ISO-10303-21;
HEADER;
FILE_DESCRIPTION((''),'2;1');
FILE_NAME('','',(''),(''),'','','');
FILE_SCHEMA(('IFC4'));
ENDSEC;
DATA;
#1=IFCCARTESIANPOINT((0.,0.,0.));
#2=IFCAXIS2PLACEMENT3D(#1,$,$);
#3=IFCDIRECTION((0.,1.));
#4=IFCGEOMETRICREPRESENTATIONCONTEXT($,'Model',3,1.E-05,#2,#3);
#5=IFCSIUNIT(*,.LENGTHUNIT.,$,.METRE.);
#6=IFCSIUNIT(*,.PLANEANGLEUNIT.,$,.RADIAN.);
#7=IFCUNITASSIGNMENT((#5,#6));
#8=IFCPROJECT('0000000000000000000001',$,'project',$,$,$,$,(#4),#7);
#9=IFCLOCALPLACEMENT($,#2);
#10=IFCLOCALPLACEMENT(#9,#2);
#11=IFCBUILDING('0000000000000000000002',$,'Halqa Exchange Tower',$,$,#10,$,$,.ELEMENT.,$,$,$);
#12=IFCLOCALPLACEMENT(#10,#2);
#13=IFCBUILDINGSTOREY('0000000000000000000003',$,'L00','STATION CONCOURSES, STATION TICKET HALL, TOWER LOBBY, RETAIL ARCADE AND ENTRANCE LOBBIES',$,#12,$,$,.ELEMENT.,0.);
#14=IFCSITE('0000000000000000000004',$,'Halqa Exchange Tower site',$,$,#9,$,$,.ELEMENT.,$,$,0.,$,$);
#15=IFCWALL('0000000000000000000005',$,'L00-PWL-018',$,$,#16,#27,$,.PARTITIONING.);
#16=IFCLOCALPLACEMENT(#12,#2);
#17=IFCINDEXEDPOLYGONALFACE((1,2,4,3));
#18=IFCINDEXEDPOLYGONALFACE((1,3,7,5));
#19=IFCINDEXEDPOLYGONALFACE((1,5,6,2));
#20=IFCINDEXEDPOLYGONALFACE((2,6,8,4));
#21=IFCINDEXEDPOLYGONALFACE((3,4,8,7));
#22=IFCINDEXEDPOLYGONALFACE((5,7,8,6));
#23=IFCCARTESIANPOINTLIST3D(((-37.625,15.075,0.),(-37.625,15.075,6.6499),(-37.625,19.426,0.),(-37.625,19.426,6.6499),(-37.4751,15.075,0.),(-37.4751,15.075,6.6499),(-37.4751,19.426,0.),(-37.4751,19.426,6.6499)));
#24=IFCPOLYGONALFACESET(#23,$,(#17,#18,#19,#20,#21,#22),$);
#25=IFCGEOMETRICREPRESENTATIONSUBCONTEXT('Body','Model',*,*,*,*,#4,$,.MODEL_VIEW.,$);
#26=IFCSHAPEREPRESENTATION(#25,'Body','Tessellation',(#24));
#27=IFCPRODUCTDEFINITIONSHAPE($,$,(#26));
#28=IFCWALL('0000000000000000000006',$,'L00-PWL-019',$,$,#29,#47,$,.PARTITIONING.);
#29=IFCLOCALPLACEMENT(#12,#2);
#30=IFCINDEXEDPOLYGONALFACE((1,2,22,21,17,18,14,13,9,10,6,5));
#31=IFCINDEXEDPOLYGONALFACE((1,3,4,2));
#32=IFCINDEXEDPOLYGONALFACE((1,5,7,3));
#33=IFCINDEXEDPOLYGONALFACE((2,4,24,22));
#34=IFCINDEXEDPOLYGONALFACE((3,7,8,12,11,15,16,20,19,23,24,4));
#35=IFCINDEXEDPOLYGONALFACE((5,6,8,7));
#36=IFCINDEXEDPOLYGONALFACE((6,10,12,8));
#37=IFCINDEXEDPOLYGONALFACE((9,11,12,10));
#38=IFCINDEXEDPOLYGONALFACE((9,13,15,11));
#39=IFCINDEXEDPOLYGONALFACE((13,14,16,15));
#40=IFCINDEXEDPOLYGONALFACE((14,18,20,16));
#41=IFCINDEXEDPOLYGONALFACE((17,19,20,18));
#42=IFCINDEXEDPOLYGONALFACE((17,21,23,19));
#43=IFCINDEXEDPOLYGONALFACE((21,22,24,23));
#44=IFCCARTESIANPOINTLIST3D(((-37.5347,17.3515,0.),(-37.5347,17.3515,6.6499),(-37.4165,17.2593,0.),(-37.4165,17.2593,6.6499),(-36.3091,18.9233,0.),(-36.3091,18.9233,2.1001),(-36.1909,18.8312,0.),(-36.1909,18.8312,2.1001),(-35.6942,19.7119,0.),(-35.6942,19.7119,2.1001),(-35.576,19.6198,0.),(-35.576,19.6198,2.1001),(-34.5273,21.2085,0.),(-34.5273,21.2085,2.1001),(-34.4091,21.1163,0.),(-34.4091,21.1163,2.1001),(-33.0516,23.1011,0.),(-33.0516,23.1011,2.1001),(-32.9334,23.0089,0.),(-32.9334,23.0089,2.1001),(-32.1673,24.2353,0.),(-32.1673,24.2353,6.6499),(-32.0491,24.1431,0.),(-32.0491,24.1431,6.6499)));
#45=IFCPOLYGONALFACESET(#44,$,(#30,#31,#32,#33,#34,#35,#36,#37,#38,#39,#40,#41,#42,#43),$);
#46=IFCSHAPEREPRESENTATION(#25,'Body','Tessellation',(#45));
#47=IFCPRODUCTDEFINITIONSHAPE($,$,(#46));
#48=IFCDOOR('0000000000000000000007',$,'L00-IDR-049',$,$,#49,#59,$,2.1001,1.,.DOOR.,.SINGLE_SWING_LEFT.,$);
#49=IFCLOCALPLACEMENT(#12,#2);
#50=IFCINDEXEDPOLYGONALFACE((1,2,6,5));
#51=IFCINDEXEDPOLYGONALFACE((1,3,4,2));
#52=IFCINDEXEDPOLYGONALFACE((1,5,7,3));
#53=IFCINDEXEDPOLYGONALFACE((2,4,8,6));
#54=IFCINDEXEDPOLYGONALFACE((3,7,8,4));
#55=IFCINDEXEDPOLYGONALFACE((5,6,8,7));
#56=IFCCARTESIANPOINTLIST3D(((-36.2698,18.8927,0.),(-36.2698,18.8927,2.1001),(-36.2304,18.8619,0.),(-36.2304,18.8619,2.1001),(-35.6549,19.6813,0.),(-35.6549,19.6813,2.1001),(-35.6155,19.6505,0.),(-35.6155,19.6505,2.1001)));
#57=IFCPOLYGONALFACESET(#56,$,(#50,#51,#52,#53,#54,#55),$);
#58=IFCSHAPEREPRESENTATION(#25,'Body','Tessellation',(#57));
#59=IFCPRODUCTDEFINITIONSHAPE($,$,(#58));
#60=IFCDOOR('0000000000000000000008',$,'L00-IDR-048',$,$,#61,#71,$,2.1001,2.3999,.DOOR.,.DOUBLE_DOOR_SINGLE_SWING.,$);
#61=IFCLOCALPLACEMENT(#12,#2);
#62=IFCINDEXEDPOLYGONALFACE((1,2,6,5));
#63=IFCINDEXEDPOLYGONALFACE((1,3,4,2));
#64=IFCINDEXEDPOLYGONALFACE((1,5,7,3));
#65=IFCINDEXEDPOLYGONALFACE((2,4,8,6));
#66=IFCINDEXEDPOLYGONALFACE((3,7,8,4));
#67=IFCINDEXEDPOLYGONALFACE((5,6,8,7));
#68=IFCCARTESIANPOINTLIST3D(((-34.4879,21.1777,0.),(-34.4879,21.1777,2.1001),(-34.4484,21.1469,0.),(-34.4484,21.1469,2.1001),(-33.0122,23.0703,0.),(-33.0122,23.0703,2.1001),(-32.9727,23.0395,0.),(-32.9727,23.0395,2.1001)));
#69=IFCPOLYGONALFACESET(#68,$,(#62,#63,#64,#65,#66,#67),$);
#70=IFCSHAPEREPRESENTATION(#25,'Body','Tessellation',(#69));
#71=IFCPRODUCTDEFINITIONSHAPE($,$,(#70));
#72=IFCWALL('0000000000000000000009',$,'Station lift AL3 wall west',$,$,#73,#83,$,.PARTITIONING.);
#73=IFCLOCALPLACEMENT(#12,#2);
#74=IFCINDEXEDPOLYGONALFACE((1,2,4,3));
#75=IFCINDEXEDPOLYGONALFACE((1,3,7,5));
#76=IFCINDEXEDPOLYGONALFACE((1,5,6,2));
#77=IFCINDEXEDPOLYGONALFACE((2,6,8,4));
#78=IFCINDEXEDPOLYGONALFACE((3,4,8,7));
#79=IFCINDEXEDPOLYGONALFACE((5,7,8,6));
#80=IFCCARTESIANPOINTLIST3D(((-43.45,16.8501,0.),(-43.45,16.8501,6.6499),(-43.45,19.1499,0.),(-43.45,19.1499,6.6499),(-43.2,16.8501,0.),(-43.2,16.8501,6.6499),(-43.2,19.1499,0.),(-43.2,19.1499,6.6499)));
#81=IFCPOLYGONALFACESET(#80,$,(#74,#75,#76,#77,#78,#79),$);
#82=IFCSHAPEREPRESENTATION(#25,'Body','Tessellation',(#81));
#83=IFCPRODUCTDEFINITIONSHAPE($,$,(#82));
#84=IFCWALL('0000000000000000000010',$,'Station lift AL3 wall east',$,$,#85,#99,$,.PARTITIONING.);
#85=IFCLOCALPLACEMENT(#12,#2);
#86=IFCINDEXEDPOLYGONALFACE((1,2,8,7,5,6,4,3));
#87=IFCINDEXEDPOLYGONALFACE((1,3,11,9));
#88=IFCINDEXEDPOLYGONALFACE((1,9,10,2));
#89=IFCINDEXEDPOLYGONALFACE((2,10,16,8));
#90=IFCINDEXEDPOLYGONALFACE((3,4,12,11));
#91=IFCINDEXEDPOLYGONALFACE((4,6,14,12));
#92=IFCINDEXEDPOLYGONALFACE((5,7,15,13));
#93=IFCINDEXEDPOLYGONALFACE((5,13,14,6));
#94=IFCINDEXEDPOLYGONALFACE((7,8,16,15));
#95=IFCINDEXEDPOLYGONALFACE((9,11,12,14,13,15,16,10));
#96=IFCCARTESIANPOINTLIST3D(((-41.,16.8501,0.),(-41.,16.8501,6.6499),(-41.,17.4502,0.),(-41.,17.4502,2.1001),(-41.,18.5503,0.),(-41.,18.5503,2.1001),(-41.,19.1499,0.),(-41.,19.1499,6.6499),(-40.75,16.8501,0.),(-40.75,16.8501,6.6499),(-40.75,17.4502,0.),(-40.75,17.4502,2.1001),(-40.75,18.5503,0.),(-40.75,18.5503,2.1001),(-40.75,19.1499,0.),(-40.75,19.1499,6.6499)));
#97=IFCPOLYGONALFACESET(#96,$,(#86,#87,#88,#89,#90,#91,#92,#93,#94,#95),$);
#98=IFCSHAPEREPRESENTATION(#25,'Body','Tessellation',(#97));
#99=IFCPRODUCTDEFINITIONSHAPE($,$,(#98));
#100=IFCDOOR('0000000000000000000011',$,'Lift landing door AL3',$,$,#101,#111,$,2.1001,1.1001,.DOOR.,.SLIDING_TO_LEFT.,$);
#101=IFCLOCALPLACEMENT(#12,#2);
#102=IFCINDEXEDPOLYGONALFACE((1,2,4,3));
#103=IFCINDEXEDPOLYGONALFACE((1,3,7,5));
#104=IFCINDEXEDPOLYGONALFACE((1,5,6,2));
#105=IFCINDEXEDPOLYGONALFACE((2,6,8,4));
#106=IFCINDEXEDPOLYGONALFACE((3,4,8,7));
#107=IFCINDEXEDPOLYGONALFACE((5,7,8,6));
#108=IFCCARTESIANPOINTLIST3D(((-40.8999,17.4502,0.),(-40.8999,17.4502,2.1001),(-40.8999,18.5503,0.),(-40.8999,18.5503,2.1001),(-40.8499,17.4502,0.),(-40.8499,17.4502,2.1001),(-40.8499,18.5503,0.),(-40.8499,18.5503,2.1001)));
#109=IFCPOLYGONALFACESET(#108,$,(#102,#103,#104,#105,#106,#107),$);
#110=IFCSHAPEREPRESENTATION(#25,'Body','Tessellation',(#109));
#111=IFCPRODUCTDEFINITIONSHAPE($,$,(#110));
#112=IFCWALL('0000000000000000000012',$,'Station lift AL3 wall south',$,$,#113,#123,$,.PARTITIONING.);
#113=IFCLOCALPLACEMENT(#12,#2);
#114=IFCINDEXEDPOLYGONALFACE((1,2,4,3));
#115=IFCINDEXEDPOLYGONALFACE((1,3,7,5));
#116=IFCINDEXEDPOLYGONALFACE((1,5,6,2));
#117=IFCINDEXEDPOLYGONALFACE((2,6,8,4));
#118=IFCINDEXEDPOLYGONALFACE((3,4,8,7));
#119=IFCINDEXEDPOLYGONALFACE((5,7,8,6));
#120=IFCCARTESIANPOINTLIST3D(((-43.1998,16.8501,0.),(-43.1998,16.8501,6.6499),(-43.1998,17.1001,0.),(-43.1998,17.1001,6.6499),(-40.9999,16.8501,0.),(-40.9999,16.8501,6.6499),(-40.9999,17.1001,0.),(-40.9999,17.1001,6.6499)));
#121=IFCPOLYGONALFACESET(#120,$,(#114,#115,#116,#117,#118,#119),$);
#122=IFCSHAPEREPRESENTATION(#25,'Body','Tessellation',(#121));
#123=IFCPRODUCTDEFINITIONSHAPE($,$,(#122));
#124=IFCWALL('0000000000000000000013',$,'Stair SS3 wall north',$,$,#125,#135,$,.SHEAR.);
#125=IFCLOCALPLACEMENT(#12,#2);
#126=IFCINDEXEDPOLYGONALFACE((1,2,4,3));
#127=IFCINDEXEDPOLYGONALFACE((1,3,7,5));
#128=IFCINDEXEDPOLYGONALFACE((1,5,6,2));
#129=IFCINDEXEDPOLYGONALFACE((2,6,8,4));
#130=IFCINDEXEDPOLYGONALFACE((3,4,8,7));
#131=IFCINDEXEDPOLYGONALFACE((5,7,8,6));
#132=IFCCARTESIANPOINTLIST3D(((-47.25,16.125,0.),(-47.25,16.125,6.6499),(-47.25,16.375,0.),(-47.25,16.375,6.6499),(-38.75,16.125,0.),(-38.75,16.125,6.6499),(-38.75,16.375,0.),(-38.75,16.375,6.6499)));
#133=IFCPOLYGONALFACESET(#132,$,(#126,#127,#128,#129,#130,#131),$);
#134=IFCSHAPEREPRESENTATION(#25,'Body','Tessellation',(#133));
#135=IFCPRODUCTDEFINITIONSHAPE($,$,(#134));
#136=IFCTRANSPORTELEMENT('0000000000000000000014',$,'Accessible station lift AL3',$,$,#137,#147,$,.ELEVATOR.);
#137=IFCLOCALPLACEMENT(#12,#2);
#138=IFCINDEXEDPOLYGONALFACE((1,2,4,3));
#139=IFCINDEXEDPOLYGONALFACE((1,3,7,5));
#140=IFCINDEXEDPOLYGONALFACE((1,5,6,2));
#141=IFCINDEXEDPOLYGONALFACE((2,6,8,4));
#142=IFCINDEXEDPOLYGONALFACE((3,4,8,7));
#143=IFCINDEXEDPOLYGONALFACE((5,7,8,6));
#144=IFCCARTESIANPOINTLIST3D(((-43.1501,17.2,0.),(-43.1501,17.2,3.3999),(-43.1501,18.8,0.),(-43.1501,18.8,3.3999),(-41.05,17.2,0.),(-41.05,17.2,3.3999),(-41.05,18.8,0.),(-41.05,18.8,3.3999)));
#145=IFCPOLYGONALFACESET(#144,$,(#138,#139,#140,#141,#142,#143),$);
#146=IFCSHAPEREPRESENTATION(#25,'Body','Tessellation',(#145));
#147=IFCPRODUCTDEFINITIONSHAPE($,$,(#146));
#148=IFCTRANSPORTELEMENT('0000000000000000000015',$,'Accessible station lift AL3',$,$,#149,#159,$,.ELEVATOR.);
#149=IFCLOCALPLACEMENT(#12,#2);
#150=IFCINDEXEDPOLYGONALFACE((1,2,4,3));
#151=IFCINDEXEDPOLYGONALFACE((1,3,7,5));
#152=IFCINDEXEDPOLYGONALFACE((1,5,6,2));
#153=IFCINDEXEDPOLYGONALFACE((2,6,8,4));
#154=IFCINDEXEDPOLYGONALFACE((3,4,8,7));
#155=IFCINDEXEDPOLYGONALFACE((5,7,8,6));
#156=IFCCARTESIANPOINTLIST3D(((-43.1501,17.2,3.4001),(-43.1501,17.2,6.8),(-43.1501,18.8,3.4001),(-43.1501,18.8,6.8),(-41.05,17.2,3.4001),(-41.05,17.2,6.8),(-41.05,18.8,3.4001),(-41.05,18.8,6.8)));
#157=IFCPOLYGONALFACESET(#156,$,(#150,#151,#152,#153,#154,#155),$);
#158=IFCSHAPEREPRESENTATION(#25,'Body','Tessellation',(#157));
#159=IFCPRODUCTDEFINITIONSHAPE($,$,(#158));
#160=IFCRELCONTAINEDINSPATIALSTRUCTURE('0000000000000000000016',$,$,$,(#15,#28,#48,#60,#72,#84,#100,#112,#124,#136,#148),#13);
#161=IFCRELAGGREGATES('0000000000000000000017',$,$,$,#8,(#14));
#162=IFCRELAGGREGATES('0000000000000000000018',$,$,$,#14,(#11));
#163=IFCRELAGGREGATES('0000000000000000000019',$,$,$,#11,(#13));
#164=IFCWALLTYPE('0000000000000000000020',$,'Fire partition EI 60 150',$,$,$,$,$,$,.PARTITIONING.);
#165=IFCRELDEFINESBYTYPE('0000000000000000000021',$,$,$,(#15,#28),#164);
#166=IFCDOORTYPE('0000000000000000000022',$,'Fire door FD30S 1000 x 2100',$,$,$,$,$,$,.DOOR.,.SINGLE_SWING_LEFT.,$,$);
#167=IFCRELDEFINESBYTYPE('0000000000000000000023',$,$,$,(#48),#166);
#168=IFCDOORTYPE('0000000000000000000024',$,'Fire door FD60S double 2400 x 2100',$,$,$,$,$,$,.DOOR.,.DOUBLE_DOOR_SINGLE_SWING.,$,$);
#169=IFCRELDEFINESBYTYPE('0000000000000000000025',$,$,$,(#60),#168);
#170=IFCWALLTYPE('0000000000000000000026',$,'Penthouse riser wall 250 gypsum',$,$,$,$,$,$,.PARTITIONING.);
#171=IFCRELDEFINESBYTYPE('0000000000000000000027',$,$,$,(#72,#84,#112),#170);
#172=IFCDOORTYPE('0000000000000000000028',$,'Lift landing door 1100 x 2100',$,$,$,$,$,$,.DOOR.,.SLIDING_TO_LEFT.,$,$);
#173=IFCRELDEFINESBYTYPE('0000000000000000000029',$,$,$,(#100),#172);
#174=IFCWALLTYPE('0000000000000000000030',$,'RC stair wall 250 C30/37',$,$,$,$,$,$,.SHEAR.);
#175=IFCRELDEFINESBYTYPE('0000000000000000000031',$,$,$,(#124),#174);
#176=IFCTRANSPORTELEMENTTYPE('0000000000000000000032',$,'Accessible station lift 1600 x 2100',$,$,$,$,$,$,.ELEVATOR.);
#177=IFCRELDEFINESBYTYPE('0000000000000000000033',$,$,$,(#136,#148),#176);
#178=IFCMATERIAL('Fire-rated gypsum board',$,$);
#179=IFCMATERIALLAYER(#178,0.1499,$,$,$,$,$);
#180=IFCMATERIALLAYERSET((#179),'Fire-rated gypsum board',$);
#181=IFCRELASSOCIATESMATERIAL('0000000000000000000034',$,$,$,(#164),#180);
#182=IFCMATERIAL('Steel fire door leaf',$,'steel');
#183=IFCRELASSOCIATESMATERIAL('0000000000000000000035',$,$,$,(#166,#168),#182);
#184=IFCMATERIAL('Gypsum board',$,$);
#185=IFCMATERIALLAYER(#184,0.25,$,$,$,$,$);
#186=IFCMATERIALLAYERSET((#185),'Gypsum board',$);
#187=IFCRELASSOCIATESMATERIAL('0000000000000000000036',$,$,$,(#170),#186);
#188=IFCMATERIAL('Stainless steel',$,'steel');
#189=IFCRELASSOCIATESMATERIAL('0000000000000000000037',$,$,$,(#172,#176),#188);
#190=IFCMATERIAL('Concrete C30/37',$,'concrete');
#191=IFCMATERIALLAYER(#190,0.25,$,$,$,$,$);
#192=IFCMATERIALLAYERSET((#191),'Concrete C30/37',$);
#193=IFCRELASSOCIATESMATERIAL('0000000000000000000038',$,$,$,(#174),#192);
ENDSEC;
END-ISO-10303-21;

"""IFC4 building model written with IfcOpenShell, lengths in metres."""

from ifc_helpers import new_model, si_unit, direction, frame, frame_2d, origin, origin_2d, place, context, subcontext, project, spatial, rectangle, extrude, material, layer, layer_set, type_object, element, fill, save


model = new_model("IFC4")

# Units and contexts
model_context = context("Model", 3, precision=1e-05, world=origin(), true_north=direction((0.0, 1.0)))
body_context = subcontext(model_context, "Body", "Model", "MODEL_VIEW")
ifc_project = project(units=[si_unit("LENGTHUNIT", "METRE"), si_unit("PLANEANGLEUNIT", "RADIAN")], contexts=[model_context])

# Site, building, storey
site_placement = place(None, origin())
site = spatial("IfcSite", under=ifc_project, at=site_placement, Name="Halqa Exchange Tower site", CompositionType="ELEMENT", RefElevation=0.0)
building_placement = place(site_placement, origin())
building = spatial("IfcBuilding", under=site, at=building_placement, Name="Halqa Exchange Tower", CompositionType="ELEMENT")
storey_placement = place(building_placement, origin())
storey = spatial("IfcBuildingStorey", under=building, at=storey_placement, Name="L00", Description="STATION CONCOURSES, STATION TICKET HALL, TOWER LOBBY, RETAIL ARCADE AND ENTRANCE LOBBIES", CompositionType="ELEMENT", Elevation=0.0)

# Wall
ifc_material_1 = material(Name="Fire-rated gypsum board")
ifc_layer_1 = layer(ifc_material_1, 0.1499)
ifc_layer_set_1 = layer_set([ifc_layer_1], Name="Fire-rated gypsum board")
wall_type_1 = type_object("IfcWallType", Name="Fire partition EI 60 150", PredefinedType="PARTITIONING", material=ifc_layer_set_1)
wall_1_placement = place(storey_placement, frame((-37.55, 15.075, 0.0), z_axis=(0.0, 0.0, 1.0), x_axis=(0.0, 1.0, 0.0)))
element("IfcWall", 1, at=wall_1_placement, inside=storey, type_object=wall_type_1, Name="L00-PWL-018", PredefinedType="PARTITIONING", context=body_context, shape_type="SweptSolid", body=[
    extrude(rectangle(XDim=4.3511, YDim=0.1499, at=frame_2d((2.1755, 0.0))), origin(), (0.0, 0.0, 1.0), 6.6499),
])

# Wall, openings, doors
wall_2_placement = place(storey_placement, frame((-37.4756, 17.3054, 0.0), z_axis=(0.0, 0.0, 1.0), x_axis=(0.614895, 0.788609, 0.0)))
wall_2 = element("IfcWall", 2, at=wall_2_placement, inside=storey, type_object=wall_type_1, Name="L00-PWL-019", PredefinedType="PARTITIONING", context=body_context, shape_type="SweptSolid", body=[
    extrude(rectangle(XDim=8.729, YDim=0.1499, at=frame_2d((4.3645, 0.0))), origin(), (0.0, 0.0, 1.0), 6.6499),
])
opening_1_placement = place(wall_2_placement, frame((4.8909, 0.0, 0.0)))
opening_1 = element("IfcOpeningElement", 3, at=opening_1_placement, cuts=wall_2, PredefinedType="OPENING", context=body_context, shape_type="SweptSolid", body=[
    extrude(rectangle(XDim=2.3999, YDim=2.1001, at=frame_2d((1.2, 1.05))), frame((0.0, 0.0869, 0.0), z_axis=(0.0, -1.0, 0.0), x_axis=(1.0, 0.0, 0.0)), (0.0, 0.0, 1.0), 0.1738),
])
opening_2_placement = place(wall_2_placement, frame((1.9932, 0.0, 0.0)))
opening_2 = element("IfcOpeningElement", 4, at=opening_2_placement, cuts=wall_2, PredefinedType="OPENING", context=body_context, shape_type="SweptSolid", body=[
    extrude(rectangle(XDim=1.0, YDim=2.1001, at=frame_2d((0.5, 1.05))), frame((0.0, 0.0869, 0.0), z_axis=(0.0, -1.0, 0.0), x_axis=(1.0, 0.0, 0.0)), (0.0, 0.0, 1.0), 0.1738),
])
ifc_material_2 = material(Name="Steel fire door leaf", Category="steel")
door_type_1 = type_object("IfcDoorType", Name="Fire door FD30S 1000 x 2100", OperationType="SINGLE_SWING_LEFT", PredefinedType="DOOR", material=ifc_material_2)
door_1_placement = place(opening_2_placement, frame((1.0, 0.0, 0.0), z_axis=(0.0, 0.0, 1.0), x_axis=(-1.0, 0.0, 0.0)))
door_1 = element("IfcDoor", 5, at=door_1_placement, inside=storey, type_object=door_type_1, Name="L00-IDR-049", OperationType="SINGLE_SWING_LEFT", OverallHeight=2.1001, OverallWidth=1.0, PredefinedType="DOOR", context=body_context, shape_type="SweptSolid", body=[
    extrude(rectangle(XDim=1.0, YDim=2.1001, at=frame_2d((0.5, 1.05))), frame((0.0, 0.0249, 0.0), z_axis=(0.0, -1.0, 0.0), x_axis=(1.0, 0.0, 0.0)), (0.0, 0.0, 1.0), 0.05),
])
fill(opening_2, door_1)
door_type_2 = type_object("IfcDoorType", Name="Fire door FD60S double 2400 x 2100", OperationType="DOUBLE_DOOR_SINGLE_SWING", PredefinedType="DOOR", material=ifc_material_2)
door_2_placement = place(opening_1_placement, origin())
door_2 = element("IfcDoor", 6, at=door_2_placement, inside=storey, type_object=door_type_2, Name="L00-IDR-048", OperationType="DOUBLE_DOOR_SINGLE_SWING", OverallHeight=2.1001, OverallWidth=2.3999, PredefinedType="DOOR", context=body_context, shape_type="SweptSolid", body=[
    extrude(rectangle(XDim=2.3999, YDim=2.1001, at=frame_2d((1.2, 1.05))), frame((0.0, 0.0249, 0.0), z_axis=(0.0, -1.0, 0.0), x_axis=(1.0, 0.0, 0.0)), (0.0, 0.0, 1.0), 0.05),
])
fill(opening_1, door_2)

# Wall
ifc_material_3 = material(Name="Gypsum board")
ifc_layer_2 = layer(ifc_material_3, 0.25)
ifc_layer_set_2 = layer_set([ifc_layer_2], Name="Gypsum board")
wall_type_2 = type_object("IfcWallType", Name="Penthouse riser wall 250 gypsum", PredefinedType="PARTITIONING", material=ifc_layer_set_2)
wall_3_placement = place(storey_placement, frame((-43.325, 16.8501, 0.0), z_axis=(0.0, 0.0, 1.0), x_axis=(0.0, 1.0, 0.0)))
element("IfcWall", 7, at=wall_3_placement, inside=storey, type_object=wall_type_2, Name="Station lift AL3 wall west", PredefinedType="PARTITIONING", context=body_context, shape_type="SweptSolid", body=[
    extrude(rectangle(XDim=2.2998, YDim=0.25, at=frame_2d((1.1499, 0.0))), origin(), (0.0, 0.0, 1.0), 6.6499),
])

# Wall, opening, door
wall_4_placement = place(storey_placement, frame((-40.875, 16.8501, 0.0), z_axis=(0.0, 0.0, 1.0), x_axis=(0.0, 1.0, 0.0)))
wall_4 = element("IfcWall", 8, at=wall_4_placement, inside=storey, type_object=wall_type_2, Name="Station lift AL3 wall east", PredefinedType="PARTITIONING", context=body_context, shape_type="SweptSolid", body=[
    extrude(rectangle(XDim=2.2998, YDim=0.25, at=frame_2d((1.1499, 0.0))), origin(), (0.0, 0.0, 1.0), 6.6499),
])
opening_3_placement = place(wall_4_placement, frame((0.6001, 0.0, 0.0)))
opening_3 = element("IfcOpeningElement", 9, at=opening_3_placement, cuts=wall_4, PredefinedType="OPENING", context=body_context, shape_type="SweptSolid", body=[
    extrude(rectangle(XDim=1.1001, YDim=2.1001, at=frame_2d((0.55, 1.05))), frame((0.0, 0.137, 0.0), z_axis=(0.0, -1.0, 0.0), x_axis=(1.0, 0.0, 0.0)), (0.0, 0.0, 1.0), 0.2739),
])
ifc_material_4 = material(Name="Stainless steel", Category="steel")
door_type_3 = type_object("IfcDoorType", Name="Lift landing door 1100 x 2100", OperationType="SLIDING_TO_LEFT", PredefinedType="DOOR", material=ifc_material_4)
door_3_placement = place(opening_3_placement, origin())
door_3 = element("IfcDoor", 10, at=door_3_placement, inside=storey, type_object=door_type_3, Name="Lift landing door AL3", OperationType="SLIDING_TO_LEFT", OverallHeight=2.1001, OverallWidth=1.1001, PredefinedType="DOOR", context=body_context, shape_type="SweptSolid", body=[
    extrude(rectangle(XDim=1.1001, YDim=2.1001, at=frame_2d((0.55, 1.05))), frame((0.0, 0.0249, 0.0), z_axis=(0.0, -1.0, 0.0), x_axis=(1.0, 0.0, 0.0)), (0.0, 0.0, 1.0), 0.05),
])
fill(opening_3, door_3)

# Walls
wall_5_placement = place(storey_placement, frame((-43.2, 16.9751, 0.0), z_axis=(0.0, 0.0, 1.0), x_axis=(1.0, 0.0, 0.0)))
element("IfcWall", 11, at=wall_5_placement, inside=storey, type_object=wall_type_2, Name="Station lift AL3 wall south", PredefinedType="PARTITIONING", context=body_context, shape_type="SweptSolid", body=[
    extrude(rectangle(XDim=2.2, YDim=0.25, at=frame_2d((1.1001, 0.0))), origin(), (0.0, 0.0, 1.0), 6.6499),
])
ifc_material_5 = material(Name="Concrete C30/37", Category="concrete")
ifc_layer_3 = layer(ifc_material_5, 0.25)
ifc_layer_set_3 = layer_set([ifc_layer_3], Name="Concrete C30/37")
wall_type_3 = type_object("IfcWallType", Name="RC stair wall 250 C30/37", PredefinedType="SHEAR", material=ifc_layer_set_3)
wall_6_placement = place(storey_placement, frame((-47.25, 16.25, 0.0), z_axis=(0.0, 0.0, 1.0), x_axis=(1.0, 0.0, 0.0)))
element("IfcWall", 12, at=wall_6_placement, inside=storey, type_object=wall_type_3, Name="Stair SS3 wall north", PredefinedType="SHEAR", context=body_context, shape_type="SweptSolid", body=[
    extrude(rectangle(XDim=8.5, YDim=0.25, at=frame_2d((4.25, 0.0))), origin(), (0.0, 0.0, 1.0), 6.6499),
])

# Transport elements
transport_element_type = type_object("IfcTransportElementType", Name="Accessible station lift 1600 x 2100", PredefinedType="ELEVATOR", material=ifc_material_4)
for number, where, z_axis, x_axis, name in (
    (13, (-42.1001, 18.0, 0.0), (0.0, 0.0, 1.0), (1.0, 0.0, 0.0), "Accessible station lift AL3"),
    (14, (-42.1001, 18.0, 3.4001), (0.0, 0.0, 1.0), (1.0, 0.0, 0.0), "Accessible station lift AL3"),
):
    element("IfcTransportElement", number, at=place(storey_placement, frame(where, z_axis=z_axis, x_axis=x_axis)), inside=storey, type_object=transport_element_type, Name=name, PredefinedType="ELEVATOR", context=body_context, shape_type="SweptSolid", body=[
        extrude(rectangle(XDim=2.1001, YDim=1.6001, at=origin_2d()), origin(), (0.0, 0.0, 1.0), 3.3999),
    ])

save(model, "model.ifc")
